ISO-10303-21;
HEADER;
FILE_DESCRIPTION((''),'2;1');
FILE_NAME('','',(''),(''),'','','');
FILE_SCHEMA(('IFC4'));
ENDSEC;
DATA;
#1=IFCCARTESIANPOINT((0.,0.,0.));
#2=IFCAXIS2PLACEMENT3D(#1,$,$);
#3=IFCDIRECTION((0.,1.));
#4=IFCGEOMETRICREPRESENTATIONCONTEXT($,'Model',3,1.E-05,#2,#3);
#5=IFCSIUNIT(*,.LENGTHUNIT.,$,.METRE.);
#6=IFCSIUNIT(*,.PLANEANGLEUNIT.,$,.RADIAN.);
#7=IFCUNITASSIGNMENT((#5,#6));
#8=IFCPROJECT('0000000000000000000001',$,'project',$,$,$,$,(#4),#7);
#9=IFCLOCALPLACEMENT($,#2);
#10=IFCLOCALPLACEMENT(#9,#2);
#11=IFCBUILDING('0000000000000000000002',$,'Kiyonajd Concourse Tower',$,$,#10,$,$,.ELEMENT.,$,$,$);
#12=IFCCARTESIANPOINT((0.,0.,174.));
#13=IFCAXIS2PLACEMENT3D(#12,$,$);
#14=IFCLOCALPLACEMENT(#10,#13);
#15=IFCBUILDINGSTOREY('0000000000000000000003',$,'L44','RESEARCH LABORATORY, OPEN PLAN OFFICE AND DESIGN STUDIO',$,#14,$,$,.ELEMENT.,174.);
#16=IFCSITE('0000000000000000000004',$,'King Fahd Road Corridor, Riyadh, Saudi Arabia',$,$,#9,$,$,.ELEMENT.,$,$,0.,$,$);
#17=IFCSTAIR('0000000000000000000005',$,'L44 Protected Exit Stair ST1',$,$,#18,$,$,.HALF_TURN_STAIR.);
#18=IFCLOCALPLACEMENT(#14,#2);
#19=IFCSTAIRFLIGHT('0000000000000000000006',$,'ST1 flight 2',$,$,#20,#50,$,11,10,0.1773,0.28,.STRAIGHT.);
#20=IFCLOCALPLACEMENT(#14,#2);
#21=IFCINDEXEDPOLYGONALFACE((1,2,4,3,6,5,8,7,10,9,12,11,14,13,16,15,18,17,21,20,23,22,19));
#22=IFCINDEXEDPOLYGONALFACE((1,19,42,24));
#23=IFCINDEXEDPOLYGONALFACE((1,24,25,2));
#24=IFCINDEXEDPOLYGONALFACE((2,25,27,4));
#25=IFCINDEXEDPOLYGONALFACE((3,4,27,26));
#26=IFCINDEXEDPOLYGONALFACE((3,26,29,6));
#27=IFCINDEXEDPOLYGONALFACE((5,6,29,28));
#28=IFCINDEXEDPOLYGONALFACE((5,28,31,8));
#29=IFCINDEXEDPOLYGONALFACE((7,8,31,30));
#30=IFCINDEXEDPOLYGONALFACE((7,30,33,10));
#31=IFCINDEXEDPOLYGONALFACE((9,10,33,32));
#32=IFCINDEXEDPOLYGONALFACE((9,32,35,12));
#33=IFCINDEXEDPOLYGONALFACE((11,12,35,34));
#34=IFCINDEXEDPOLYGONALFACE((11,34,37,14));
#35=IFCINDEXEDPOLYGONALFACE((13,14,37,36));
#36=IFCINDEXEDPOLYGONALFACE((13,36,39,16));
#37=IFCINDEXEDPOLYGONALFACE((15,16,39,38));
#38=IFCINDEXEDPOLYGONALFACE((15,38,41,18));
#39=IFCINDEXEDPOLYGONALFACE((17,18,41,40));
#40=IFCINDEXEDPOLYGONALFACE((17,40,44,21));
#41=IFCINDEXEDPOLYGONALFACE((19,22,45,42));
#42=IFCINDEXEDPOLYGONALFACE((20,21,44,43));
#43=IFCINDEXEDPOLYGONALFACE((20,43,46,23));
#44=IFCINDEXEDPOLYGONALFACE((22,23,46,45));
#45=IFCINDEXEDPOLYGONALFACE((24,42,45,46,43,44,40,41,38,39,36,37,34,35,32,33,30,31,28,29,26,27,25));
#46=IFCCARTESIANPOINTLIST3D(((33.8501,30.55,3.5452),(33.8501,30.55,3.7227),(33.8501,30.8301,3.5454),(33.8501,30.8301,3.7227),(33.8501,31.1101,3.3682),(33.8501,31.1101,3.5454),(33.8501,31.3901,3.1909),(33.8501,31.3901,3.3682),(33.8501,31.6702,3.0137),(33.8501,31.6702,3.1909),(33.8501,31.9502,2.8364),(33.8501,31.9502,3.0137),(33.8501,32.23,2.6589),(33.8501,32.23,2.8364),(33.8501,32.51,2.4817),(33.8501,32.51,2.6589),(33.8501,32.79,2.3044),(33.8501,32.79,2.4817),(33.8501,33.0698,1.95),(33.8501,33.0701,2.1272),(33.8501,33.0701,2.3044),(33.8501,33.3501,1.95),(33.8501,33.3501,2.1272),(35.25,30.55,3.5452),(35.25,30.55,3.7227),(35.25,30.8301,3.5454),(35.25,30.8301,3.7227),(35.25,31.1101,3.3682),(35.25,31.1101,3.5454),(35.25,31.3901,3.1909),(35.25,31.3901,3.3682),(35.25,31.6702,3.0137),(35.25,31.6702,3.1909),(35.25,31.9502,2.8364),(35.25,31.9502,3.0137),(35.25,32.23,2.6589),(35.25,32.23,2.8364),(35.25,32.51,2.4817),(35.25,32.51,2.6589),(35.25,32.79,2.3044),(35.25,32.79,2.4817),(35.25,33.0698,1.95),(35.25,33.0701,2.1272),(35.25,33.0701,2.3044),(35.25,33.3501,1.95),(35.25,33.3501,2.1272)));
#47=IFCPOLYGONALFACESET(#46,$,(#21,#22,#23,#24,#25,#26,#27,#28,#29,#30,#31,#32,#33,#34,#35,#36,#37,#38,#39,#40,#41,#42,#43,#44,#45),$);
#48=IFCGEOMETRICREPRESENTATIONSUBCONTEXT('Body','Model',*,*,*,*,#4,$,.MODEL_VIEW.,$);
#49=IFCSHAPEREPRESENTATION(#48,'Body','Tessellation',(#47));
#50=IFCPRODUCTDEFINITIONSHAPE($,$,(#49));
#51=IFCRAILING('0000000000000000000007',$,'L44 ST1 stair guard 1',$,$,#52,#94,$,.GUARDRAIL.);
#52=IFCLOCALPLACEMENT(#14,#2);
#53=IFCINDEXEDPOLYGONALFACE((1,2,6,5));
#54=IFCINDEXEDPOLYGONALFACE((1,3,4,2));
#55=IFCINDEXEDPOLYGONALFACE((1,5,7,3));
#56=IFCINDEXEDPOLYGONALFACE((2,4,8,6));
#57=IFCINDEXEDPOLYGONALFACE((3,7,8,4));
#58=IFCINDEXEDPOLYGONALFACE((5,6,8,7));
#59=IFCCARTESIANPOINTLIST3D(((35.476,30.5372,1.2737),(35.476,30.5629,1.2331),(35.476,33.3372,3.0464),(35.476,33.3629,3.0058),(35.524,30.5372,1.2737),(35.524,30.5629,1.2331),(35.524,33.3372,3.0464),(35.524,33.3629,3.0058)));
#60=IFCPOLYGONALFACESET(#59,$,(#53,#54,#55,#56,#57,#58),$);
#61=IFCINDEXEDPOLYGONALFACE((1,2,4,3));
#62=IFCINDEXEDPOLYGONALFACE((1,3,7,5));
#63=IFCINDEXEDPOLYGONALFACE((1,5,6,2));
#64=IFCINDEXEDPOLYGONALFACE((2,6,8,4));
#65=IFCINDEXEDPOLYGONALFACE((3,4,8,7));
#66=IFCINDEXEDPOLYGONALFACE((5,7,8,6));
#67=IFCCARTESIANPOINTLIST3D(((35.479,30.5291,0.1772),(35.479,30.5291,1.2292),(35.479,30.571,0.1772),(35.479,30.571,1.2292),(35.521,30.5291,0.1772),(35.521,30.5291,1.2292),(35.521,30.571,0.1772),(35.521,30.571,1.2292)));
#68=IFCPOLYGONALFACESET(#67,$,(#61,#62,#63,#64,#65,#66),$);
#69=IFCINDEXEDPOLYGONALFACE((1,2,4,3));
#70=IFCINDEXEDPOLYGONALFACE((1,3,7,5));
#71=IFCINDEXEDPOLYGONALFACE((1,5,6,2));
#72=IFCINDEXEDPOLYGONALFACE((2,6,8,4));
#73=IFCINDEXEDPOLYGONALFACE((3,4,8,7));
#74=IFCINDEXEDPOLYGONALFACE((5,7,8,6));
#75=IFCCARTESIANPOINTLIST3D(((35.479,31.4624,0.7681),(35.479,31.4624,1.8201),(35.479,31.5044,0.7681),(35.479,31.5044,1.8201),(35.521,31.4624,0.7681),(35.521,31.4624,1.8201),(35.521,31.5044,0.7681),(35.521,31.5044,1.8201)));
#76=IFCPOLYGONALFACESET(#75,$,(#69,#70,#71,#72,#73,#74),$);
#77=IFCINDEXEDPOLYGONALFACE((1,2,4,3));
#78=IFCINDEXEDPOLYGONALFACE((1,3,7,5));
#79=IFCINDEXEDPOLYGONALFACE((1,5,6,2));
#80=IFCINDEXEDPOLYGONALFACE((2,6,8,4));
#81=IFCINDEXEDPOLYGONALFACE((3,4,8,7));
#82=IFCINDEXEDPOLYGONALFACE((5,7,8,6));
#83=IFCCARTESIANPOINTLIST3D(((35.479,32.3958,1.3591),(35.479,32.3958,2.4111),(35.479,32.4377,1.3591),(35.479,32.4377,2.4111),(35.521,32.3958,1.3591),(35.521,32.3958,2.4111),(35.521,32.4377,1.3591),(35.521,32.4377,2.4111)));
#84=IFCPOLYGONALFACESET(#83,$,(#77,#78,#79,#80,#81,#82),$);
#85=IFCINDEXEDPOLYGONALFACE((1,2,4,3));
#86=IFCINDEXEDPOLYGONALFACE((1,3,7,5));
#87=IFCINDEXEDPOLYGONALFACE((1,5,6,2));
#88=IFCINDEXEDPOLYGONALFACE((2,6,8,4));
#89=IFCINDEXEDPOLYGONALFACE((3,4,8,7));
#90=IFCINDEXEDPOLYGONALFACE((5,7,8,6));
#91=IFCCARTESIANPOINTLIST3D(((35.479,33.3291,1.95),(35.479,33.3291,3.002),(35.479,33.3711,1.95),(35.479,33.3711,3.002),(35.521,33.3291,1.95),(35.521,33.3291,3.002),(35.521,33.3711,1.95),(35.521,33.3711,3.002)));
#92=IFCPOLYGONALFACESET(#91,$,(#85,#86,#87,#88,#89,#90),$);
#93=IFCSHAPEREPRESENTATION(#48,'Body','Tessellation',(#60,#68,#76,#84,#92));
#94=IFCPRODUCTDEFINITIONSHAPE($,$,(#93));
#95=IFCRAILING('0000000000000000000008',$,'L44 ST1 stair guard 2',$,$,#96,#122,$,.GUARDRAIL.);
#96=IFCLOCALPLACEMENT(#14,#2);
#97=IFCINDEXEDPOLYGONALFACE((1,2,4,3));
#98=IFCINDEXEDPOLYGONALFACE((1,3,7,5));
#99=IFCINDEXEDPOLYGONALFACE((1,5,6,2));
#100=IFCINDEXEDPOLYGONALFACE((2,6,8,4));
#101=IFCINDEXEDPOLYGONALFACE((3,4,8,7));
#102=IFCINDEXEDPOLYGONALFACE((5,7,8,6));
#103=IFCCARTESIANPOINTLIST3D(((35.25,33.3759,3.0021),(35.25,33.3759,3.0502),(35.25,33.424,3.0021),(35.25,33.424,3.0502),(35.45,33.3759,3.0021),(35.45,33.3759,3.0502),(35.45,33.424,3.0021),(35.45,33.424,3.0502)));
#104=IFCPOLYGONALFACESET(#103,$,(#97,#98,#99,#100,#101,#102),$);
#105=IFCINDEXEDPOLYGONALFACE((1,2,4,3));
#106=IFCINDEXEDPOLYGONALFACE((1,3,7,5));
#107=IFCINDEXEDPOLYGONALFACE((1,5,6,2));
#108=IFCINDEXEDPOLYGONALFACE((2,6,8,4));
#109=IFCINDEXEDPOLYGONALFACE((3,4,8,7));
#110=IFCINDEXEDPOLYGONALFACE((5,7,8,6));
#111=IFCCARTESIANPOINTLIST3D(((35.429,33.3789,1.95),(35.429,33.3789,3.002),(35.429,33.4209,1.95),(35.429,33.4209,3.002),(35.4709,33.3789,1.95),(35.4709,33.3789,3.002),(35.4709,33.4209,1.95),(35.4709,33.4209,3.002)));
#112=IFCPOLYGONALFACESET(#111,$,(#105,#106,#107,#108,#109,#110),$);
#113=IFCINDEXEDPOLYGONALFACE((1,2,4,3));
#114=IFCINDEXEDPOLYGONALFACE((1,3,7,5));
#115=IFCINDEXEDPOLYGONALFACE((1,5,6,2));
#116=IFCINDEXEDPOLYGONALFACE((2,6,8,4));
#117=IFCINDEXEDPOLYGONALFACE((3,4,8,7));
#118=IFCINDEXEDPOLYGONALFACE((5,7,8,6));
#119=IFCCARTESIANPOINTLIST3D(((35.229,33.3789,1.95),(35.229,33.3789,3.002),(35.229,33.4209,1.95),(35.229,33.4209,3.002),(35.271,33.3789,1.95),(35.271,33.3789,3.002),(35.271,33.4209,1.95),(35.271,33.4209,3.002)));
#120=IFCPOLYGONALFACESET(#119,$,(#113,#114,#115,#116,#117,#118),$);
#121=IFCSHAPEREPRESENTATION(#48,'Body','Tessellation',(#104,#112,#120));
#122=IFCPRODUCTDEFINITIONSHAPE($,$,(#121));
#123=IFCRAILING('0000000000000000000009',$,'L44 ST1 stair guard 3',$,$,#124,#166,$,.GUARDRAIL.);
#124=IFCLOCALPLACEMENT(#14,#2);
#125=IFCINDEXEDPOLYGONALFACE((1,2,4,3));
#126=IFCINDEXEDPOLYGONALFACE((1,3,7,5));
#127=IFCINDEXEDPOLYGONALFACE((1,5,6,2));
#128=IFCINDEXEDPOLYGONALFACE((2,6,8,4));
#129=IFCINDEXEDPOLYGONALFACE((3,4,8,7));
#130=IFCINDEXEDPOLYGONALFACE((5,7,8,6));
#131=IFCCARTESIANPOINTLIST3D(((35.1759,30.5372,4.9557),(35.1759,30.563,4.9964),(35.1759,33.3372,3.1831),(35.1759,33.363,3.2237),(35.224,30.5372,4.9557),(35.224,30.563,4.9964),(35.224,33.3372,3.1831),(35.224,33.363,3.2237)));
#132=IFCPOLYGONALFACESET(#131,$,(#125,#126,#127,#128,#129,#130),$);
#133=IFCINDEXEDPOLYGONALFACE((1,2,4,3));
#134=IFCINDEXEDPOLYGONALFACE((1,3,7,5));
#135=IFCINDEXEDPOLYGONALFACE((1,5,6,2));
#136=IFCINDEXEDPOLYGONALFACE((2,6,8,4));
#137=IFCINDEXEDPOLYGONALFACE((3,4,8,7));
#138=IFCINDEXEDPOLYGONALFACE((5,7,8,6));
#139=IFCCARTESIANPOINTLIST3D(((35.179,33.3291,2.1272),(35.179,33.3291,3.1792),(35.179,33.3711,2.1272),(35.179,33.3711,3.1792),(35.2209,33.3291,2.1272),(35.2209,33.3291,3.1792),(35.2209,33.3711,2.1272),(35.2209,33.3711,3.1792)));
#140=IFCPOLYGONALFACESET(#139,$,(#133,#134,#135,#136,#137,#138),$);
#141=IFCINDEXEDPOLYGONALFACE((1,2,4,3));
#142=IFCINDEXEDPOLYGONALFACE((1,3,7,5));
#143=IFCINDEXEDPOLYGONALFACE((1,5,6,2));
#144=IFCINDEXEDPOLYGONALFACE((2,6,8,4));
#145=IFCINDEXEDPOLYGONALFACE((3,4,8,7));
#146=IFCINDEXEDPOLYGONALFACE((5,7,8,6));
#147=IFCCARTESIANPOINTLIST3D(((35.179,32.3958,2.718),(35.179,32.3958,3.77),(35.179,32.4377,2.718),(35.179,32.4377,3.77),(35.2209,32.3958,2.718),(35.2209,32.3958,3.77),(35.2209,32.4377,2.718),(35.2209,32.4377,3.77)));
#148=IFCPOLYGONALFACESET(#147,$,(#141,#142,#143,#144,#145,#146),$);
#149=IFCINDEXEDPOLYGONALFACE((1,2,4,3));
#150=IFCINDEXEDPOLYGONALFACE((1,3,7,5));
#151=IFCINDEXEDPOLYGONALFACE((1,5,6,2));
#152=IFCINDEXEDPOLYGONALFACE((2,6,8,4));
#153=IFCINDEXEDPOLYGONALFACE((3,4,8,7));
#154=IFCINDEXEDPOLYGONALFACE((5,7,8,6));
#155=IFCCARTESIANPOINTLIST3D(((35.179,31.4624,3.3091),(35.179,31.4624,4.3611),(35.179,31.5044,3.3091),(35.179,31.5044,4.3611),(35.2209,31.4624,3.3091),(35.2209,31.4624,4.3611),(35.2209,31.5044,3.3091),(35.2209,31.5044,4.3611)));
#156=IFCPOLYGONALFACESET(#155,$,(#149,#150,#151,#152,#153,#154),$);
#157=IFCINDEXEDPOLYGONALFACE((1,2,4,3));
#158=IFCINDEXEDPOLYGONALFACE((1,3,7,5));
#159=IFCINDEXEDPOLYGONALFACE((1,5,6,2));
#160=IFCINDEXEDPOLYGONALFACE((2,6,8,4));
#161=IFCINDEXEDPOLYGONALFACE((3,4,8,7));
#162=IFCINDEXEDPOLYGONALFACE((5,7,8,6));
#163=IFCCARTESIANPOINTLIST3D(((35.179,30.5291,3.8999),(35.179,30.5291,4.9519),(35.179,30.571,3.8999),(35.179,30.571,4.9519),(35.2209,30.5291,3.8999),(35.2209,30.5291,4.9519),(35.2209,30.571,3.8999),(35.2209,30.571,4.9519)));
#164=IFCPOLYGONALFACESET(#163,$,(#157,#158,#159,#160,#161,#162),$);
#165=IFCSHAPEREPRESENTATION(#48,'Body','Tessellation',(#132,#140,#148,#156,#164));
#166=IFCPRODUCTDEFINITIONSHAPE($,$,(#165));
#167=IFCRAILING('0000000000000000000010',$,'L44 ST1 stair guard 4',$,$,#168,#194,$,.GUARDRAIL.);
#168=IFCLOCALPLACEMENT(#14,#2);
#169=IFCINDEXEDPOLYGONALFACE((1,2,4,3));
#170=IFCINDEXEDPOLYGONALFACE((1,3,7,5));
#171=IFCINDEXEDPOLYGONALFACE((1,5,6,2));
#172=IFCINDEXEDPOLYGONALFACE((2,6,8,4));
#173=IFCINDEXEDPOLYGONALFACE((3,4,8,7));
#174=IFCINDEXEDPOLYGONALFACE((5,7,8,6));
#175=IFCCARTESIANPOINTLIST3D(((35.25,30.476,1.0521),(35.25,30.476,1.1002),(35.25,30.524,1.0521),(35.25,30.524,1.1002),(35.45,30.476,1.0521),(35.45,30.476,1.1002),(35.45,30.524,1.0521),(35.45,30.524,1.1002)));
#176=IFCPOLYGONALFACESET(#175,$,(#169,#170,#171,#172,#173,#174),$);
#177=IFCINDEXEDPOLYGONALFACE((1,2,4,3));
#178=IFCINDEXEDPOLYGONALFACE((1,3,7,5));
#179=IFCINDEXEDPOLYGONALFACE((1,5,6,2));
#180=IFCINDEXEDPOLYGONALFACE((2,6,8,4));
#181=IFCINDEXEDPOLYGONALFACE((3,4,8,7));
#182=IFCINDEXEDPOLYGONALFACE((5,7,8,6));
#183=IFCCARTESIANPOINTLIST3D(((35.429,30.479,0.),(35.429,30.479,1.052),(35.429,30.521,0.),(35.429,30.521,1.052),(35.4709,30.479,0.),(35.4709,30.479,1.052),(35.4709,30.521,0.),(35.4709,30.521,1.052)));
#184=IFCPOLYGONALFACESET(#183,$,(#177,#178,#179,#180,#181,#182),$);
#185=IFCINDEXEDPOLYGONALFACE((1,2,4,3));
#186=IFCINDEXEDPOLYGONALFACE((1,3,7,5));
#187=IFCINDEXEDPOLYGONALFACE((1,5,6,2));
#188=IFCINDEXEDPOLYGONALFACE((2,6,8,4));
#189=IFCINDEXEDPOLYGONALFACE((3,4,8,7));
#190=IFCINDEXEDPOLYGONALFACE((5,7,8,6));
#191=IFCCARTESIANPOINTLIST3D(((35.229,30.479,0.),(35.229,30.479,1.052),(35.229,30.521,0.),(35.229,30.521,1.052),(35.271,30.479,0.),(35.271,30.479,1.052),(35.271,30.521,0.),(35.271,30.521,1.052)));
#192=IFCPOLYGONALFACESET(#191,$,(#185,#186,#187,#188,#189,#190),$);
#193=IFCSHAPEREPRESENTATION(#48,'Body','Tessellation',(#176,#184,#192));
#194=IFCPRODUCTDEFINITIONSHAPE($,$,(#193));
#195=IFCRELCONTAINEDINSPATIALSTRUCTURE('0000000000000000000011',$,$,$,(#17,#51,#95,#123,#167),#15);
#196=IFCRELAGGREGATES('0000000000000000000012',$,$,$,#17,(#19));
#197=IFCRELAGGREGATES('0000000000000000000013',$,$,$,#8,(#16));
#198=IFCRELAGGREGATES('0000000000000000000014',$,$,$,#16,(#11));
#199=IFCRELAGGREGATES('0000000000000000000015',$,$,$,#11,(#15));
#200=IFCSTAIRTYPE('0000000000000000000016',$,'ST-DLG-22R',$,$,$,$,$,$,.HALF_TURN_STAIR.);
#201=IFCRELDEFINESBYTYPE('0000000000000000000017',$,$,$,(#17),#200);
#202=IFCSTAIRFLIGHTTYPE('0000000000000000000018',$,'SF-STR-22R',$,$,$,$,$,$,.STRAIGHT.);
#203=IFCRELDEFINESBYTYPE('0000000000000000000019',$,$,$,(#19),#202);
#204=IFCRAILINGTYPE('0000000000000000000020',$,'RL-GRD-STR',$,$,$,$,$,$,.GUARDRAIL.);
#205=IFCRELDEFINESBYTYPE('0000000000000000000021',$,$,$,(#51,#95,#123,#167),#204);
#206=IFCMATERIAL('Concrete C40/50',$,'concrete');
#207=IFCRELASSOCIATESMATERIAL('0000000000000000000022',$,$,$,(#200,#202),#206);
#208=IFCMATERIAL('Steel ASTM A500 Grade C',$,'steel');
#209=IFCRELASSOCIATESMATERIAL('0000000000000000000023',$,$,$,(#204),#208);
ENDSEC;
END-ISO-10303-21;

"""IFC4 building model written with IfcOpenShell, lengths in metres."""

from ifc_helpers import new_model, si_unit, direction, frame, origin, origin_2d, place, context, subcontext, project, spatial, polyline, rectangle, outline, extrude, material, type_object, element, aggregate, save


model = new_model("IFC4")

# Units and contexts
model_context = context("Model", 3, precision=1e-05, world=origin(), true_north=direction((0.0, 1.0)))
body_context = subcontext(model_context, "Body", "Model", "MODEL_VIEW")
ifc_project = project(units=[si_unit("LENGTHUNIT", "METRE"), si_unit("PLANEANGLEUNIT", "RADIAN")], contexts=[model_context])

# Site, building, storey
site_placement = place(None, origin())
site = spatial("IfcSite", under=ifc_project, at=site_placement, Name="King Fahd Road Corridor, Riyadh, Saudi Arabia", CompositionType="ELEMENT", RefElevation=0.0)
building_placement = place(site_placement, origin())
building = spatial("IfcBuilding", under=site, at=building_placement, Name="Kiyonajd Concourse Tower", CompositionType="ELEMENT")
storey_placement = place(building_placement, frame((0.0, 0.0, 174.0)))
storey = spatial("IfcBuildingStorey", under=building, at=storey_placement, Name="L44", Description="RESEARCH LABORATORY, OPEN PLAN OFFICE AND DESIGN STUDIO", CompositionType="ELEMENT", Elevation=174.0)

# Stair, stair flight
ifc_material_1 = material(Name="Concrete C40/50", Category="concrete")
stair_type = type_object("IfcStairType", Name="ST-DLG-22R", PredefinedType="HALF_TURN_STAIR", material=ifc_material_1)
stair_placement = place(storey_placement, origin())
stair = element("IfcStair", 1, at=stair_placement, inside=storey, type_object=stair_type, Name="L44 Protected Exit Stair ST1", PredefinedType="HALF_TURN_STAIR")
stair_flight_type = type_object("IfcStairFlightType", Name="SF-STR-22R", PredefinedType="STRAIGHT", material=ifc_material_1)
stair_flight_1_placement = place(storey_placement, frame((34.55, 33.3501, 1.95), z_axis=(0.0, 0.0, 1.0), x_axis=(0.0, -1.0, 0.0)))
stair_flight_1 = element("IfcStairFlight", 2, at=stair_flight_1_placement, type_object=stair_flight_type, Name="ST1 flight 2", NumberOfRisers=11, NumberOfTreads=10, PredefinedType="STRAIGHT", RiserHeight=0.1773, TreadLength=0.28, context=body_context, shape_type="SweptSolid", body=[
    extrude(outline(polyline([(0.0, 0.0), (0.0, 0.1772), (0.28, 0.1772), (0.28, 0.3545), (0.5601, 0.3545), (0.5601, 0.5317), (0.8401, 0.5317), (0.8401, 0.709), (1.1201, 0.709), (1.1201, 0.8865), (1.3999, 0.8865), (1.3999, 1.0637), (1.6799, 1.0637), (1.6799, 1.241), (1.96, 1.241), (1.96, 1.4182), (2.24, 1.4182), (2.24, 1.5955), (2.52, 1.5955), (2.52, 1.7727), (2.8, 1.7727), (2.8, 1.95), (2.8, 1.5952), (0.2803, 0.0), (0.0, 0.0)])), frame((0.0, 0.7, 0.0), z_axis=(0.0, -1.0, 0.0), x_axis=(1.0, 0.0, 0.0)), (0.0, 0.0, 1.0), 1.3999),
])
aggregate(stair, [stair_flight_1])

# Railings
ifc_material_2 = material(Name="Steel ASTM A500 Grade C", Category="steel")
railing_type_1 = type_object("IfcRailingType", Name="RL-GRD-STR", PredefinedType="GUARDRAIL", material=ifc_material_2)
railing_1_placement = place(storey_placement, frame((35.5, 30.55, 0.1772)))
element("IfcRailing", 3, at=railing_1_placement, inside=storey, type_object=railing_type_1, Name="L44 ST1 stair guard 1", PredefinedType="GUARDRAIL", context=body_context, shape_type="SweptSolid", body=[
    extrude(rectangle(XDim=0.0481, YDim=0.0481, at=origin_2d()), frame((0.0, 0.0, 1.0762), z_axis=(0.0, 0.844909, 0.53491), x_axis=(-1.0, 0.0, 0.0)), (0.0, 0.0, 1.0), 3.314),
    extrude(rectangle(XDim=0.042, YDim=0.042, at=origin_2d()), origin(), (0.0, 0.0, 1.0), 1.052),
    extrude(rectangle(XDim=0.042, YDim=0.042, at=origin_2d()), frame((0.0, 0.9333, 0.5908)), (0.0, 0.0, 1.0), 1.052),
    extrude(rectangle(XDim=0.042, YDim=0.042, at=origin_2d()), frame((0.0, 1.8667, 1.1819)), (0.0, 0.0, 1.0), 1.052),
    extrude(rectangle(XDim=0.042, YDim=0.042, at=origin_2d()), frame((0.0, 2.8, 1.7727)), (0.0, 0.0, 1.0), 1.052),
])
railing_2_placement = place(storey_placement, frame((35.45, 33.3999, 1.95)))
element("IfcRailing", 4, at=railing_2_placement, inside=storey, type_object=railing_type_1, Name="L44 ST1 stair guard 2", PredefinedType="GUARDRAIL", context=body_context, shape_type="SweptSolid", body=[
    extrude(rectangle(XDim=0.0481, YDim=0.0481, at=origin_2d()), frame((0.0, 0.0, 1.0762), z_axis=(-1.0, 0.0, 0.0), x_axis=(0.0, -1.0, 0.0)), (0.0, 0.0, 1.0), 0.2),
    extrude(rectangle(XDim=0.042, YDim=0.042, at=origin_2d()), origin(), (0.0, 0.0, 1.0), 1.052),
    extrude(rectangle(XDim=0.042, YDim=0.042, at=origin_2d()), frame((-0.2, 0.0, 0.0)), (0.0, 0.0, 1.0), 1.052),
])
railing_3_placement = place(storey_placement, frame((35.2, 33.3501, 2.1272)))
element("IfcRailing", 5, at=railing_3_placement, inside=storey, type_object=railing_type_1, Name="L44 ST1 stair guard 3", PredefinedType="GUARDRAIL", context=body_context, shape_type="SweptSolid", body=[
    extrude(rectangle(XDim=0.0481, YDim=0.0481, at=origin_2d()), frame((0.0, 0.0, 1.0762), z_axis=(0.0, -0.844909, 0.53491), x_axis=(1.0, 0.0, 0.0)), (0.0, 0.0, 1.0), 3.314),
    extrude(rectangle(XDim=0.042, YDim=0.042, at=origin_2d()), origin(), (0.0, 0.0, 1.0), 1.052),
    extrude(rectangle(XDim=0.042, YDim=0.042, at=origin_2d()), frame((0.0, -0.9333, 0.5908)), (0.0, 0.0, 1.0), 1.052),
    extrude(rectangle(XDim=0.042, YDim=0.042, at=origin_2d()), frame((0.0, -1.8667, 1.1819)), (0.0, 0.0, 1.0), 1.052),
    extrude(rectangle(XDim=0.042, YDim=0.042, at=origin_2d()), frame((0.0, -2.8, 1.7727)), (0.0, 0.0, 1.0), 1.052),
])
railing_4_placement = place(storey_placement, frame((35.45, 30.5, 0.0)))
element("IfcRailing", 6, at=railing_4_placement, inside=storey, type_object=railing_type_1, Name="L44 ST1 stair guard 4", PredefinedType="GUARDRAIL", context=body_context, shape_type="SweptSolid", body=[
    extrude(rectangle(XDim=0.0481, YDim=0.0481, at=origin_2d()), frame((0.0, 0.0, 1.0762), z_axis=(-1.0, 0.0, 0.0), x_axis=(0.0, -1.0, 0.0)), (0.0, 0.0, 1.0), 0.2),
    extrude(rectangle(XDim=0.042, YDim=0.042, at=origin_2d()), origin(), (0.0, 0.0, 1.0), 1.052),
    extrude(rectangle(XDim=0.042, YDim=0.042, at=origin_2d()), frame((-0.2, 0.0, 0.0)), (0.0, 0.0, 1.0), 1.052),
])

save(model, "model.ifc")
